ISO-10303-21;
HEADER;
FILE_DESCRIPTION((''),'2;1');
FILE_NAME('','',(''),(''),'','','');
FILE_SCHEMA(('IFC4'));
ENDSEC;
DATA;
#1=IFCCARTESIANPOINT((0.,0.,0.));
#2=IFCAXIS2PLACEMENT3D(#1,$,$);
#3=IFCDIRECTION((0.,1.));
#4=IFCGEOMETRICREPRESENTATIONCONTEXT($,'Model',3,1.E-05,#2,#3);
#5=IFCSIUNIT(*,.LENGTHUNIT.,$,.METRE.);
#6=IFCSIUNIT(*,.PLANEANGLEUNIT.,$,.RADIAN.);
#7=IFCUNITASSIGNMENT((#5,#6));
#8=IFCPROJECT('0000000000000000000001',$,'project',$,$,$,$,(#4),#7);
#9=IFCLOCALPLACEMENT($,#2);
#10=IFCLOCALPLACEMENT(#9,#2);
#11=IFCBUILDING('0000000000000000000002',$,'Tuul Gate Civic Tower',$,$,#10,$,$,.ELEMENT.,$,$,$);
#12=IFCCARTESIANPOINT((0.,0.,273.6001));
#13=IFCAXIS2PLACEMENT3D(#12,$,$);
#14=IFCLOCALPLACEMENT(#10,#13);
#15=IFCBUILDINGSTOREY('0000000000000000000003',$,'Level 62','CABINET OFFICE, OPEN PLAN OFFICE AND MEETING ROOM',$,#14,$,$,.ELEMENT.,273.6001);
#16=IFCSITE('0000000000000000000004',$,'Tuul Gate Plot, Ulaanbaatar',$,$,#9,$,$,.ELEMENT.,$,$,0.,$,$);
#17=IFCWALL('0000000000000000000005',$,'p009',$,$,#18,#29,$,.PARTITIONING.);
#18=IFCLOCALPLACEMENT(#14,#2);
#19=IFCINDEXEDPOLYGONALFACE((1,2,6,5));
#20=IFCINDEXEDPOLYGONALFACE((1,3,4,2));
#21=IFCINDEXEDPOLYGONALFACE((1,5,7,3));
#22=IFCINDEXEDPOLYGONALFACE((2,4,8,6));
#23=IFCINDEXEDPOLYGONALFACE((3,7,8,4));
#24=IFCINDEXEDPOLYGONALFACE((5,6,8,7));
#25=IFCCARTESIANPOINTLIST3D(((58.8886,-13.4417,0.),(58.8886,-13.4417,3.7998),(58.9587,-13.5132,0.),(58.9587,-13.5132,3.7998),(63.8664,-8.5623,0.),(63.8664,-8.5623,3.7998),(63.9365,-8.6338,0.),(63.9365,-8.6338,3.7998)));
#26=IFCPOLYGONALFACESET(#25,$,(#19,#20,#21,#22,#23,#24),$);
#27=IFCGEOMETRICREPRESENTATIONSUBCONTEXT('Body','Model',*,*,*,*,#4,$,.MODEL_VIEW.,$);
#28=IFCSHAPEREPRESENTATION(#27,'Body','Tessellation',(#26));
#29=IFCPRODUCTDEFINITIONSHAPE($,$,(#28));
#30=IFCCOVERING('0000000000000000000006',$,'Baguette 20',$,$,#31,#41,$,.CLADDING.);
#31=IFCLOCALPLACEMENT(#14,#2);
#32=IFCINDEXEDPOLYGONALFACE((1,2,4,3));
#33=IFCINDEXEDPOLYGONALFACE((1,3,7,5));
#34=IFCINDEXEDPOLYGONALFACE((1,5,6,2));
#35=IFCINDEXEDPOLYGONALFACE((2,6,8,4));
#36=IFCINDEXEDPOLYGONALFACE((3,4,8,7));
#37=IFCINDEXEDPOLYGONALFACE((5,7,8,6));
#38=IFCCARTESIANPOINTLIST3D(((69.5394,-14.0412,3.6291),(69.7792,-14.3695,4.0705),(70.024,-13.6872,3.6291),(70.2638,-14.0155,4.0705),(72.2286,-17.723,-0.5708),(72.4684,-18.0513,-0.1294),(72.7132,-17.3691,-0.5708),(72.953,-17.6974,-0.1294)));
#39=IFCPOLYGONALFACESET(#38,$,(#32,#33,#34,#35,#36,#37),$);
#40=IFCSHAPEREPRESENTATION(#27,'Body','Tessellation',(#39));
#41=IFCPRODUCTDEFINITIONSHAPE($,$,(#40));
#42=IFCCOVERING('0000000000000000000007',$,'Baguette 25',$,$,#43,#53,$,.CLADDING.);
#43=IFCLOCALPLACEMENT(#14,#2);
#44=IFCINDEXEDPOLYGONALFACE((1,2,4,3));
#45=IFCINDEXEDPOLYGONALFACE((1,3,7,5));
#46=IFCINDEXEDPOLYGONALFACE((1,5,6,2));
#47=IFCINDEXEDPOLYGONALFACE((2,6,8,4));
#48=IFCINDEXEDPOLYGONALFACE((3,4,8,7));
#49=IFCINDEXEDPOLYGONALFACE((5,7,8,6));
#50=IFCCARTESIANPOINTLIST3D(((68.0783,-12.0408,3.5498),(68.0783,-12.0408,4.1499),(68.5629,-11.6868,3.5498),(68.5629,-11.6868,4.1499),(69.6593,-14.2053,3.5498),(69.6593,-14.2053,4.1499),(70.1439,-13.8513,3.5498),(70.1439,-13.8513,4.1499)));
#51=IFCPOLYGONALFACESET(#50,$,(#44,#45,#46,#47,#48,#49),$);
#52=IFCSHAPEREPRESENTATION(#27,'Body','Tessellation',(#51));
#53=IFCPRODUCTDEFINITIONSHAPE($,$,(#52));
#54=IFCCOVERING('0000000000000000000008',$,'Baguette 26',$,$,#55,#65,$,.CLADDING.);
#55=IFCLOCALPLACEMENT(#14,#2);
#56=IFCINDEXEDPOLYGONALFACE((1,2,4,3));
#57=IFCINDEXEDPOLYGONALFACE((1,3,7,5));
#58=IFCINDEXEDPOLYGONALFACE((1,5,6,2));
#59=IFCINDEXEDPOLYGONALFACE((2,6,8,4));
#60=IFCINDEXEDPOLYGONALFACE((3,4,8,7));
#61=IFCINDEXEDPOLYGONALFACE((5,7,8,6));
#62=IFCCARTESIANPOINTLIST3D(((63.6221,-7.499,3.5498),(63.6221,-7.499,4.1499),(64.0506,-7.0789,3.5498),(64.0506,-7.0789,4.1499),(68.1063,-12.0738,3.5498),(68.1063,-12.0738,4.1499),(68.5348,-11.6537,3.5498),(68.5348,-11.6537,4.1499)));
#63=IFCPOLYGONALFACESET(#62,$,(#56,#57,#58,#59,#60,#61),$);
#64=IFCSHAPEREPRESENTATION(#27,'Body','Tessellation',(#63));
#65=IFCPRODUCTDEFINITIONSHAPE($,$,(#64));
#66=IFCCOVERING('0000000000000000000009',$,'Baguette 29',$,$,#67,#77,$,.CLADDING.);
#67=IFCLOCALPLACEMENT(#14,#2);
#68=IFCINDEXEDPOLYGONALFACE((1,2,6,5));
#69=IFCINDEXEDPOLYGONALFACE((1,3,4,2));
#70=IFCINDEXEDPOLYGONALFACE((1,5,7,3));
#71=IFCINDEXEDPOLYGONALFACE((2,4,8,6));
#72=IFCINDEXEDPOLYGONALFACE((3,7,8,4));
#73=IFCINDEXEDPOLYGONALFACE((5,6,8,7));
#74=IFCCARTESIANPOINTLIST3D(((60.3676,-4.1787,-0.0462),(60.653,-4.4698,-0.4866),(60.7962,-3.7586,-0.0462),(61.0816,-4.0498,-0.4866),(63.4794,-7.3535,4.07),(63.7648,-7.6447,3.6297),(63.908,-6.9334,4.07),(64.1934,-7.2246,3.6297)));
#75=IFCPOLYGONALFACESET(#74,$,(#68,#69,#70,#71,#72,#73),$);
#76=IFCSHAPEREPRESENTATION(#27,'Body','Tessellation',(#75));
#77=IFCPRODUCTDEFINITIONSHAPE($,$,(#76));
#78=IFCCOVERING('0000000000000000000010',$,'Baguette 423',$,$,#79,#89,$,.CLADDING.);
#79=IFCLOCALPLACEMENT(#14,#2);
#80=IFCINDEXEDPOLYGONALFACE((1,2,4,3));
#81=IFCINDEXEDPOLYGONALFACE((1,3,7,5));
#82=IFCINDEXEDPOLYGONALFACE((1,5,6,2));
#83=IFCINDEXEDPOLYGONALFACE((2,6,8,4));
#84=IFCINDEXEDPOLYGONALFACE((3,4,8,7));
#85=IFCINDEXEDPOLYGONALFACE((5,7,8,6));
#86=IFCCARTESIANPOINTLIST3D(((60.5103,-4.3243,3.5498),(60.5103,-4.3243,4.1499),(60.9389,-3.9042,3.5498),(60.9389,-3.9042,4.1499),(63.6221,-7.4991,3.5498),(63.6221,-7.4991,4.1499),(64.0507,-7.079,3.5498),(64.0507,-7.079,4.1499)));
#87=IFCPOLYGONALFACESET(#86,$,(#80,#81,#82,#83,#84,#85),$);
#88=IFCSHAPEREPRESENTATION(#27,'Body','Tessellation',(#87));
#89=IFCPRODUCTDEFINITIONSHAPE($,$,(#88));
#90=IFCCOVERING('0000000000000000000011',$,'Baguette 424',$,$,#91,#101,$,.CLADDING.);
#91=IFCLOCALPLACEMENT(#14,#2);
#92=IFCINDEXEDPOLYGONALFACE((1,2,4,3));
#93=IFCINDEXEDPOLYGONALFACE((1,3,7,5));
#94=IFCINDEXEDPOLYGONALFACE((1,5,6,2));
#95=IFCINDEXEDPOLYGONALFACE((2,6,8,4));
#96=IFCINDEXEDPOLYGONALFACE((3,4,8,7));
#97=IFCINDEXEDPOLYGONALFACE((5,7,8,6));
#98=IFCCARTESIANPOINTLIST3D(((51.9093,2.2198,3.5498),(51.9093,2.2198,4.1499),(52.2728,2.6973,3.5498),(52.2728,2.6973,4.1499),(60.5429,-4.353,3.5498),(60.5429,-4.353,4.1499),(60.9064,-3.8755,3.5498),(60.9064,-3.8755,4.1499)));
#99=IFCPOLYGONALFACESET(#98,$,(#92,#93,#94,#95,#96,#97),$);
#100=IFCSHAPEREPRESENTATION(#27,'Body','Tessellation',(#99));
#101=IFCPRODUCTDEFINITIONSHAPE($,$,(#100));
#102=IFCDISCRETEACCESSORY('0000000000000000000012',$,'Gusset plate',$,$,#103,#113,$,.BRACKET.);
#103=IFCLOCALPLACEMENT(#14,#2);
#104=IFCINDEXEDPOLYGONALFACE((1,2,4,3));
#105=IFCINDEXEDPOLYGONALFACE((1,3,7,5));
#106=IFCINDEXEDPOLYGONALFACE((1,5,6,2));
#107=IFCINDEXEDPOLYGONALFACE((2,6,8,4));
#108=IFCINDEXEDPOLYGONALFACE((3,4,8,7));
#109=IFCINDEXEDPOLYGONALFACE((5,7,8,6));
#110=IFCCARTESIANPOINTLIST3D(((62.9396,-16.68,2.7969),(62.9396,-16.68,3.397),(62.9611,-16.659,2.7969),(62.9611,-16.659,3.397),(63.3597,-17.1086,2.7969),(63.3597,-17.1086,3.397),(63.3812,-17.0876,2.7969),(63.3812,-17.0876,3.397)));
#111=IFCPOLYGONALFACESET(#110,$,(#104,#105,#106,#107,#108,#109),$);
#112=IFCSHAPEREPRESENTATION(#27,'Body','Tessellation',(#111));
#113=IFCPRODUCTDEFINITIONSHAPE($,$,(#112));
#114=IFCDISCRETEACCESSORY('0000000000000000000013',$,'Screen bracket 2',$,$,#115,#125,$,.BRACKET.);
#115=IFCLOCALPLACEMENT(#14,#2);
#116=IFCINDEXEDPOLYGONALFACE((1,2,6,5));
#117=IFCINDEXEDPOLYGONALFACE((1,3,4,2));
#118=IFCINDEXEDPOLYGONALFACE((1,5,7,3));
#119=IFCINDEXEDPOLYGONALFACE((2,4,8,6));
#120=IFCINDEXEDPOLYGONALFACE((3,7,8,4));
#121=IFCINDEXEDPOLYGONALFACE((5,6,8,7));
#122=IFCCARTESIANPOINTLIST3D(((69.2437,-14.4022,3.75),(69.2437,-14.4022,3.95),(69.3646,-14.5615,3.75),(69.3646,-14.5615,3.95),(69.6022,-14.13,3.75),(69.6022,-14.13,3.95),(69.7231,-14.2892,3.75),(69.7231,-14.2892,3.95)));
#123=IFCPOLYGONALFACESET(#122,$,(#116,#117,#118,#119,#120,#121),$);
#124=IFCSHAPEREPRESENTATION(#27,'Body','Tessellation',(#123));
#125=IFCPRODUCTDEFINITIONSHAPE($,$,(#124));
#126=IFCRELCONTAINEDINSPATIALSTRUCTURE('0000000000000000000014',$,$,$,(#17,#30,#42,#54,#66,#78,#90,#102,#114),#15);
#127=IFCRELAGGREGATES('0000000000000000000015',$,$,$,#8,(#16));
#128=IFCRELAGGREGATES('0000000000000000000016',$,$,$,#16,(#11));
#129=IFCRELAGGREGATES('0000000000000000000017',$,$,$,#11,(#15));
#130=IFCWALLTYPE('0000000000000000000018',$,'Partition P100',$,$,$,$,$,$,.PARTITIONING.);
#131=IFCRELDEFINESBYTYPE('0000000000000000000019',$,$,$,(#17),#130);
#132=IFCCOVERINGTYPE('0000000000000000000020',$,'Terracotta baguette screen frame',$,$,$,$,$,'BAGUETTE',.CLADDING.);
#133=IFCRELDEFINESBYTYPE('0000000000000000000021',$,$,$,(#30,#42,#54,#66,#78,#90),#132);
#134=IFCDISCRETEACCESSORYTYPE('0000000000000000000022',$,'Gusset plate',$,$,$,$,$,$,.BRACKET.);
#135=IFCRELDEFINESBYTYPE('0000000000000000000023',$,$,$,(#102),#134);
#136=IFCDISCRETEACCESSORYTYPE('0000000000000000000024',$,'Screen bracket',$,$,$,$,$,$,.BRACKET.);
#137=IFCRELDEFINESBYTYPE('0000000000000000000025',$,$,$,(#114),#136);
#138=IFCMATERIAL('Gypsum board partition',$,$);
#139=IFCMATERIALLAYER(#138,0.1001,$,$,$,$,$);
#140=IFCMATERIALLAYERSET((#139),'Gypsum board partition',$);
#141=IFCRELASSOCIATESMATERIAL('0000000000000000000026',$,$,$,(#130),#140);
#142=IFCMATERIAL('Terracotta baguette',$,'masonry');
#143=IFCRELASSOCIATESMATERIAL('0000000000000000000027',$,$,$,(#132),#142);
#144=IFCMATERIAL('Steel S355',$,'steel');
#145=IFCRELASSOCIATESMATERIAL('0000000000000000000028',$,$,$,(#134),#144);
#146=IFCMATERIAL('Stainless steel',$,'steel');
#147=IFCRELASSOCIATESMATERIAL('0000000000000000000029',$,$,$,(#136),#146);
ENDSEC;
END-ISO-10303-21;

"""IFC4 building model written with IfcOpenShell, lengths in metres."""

from ifc_helpers import new_model, si_unit, direction, frame, frame_2d, origin, origin_2d, place, context, subcontext, project, spatial, rectangle, extrude, material, layer, layer_set, material_profile, profile_set, type_object, element, save


model = new_model("IFC4")

# Units and contexts
model_context = context("Model", 3, precision=1e-05, world=origin(), true_north=direction((0.0, 1.0)))
body_context = subcontext(model_context, "Body", "Model", "MODEL_VIEW")
ifc_project = project(units=[si_unit("LENGTHUNIT", "METRE"), si_unit("PLANEANGLEUNIT", "RADIAN")], contexts=[model_context])

# Site, building, storey
site_placement = place(None, origin())
site = spatial("IfcSite", under=ifc_project, at=site_placement, Name="Tuul Gate Plot, Ulaanbaatar", CompositionType="ELEMENT", RefElevation=0.0)
building_placement = place(site_placement, origin())
building = spatial("IfcBuilding", under=site, at=building_placement, Name="Tuul Gate Civic Tower", CompositionType="ELEMENT")
storey_placement = place(building_placement, frame((0.0, 0.0, 273.6001)))
storey = spatial("IfcBuildingStorey", under=building, at=storey_placement, Name="Level 62", Description="CABINET OFFICE, OPEN PLAN OFFICE AND MEETING ROOM", CompositionType="ELEMENT", Elevation=273.6001)

# Wall
ifc_material_1 = material(Name="Gypsum board partition")
ifc_layer_1 = layer(ifc_material_1, 0.1001)
ifc_layer_set_1 = layer_set([ifc_layer_1], Name="Gypsum board partition")
wall_type_1 = type_object("IfcWallType", Name="Partition P100", PredefinedType="PARTITIONING", material=ifc_layer_set_1)
wall_1_placement = place(storey_placement, frame((58.9236, -13.4775, 0.0), z_axis=(0.0, 0.0, 1.0), x_axis=(0.714129, 0.700014, 0.0)))
element("IfcWall", 1, at=wall_1_placement, inside=storey, type_object=wall_type_1, Name="p009", PredefinedType="PARTITIONING", context=body_context, shape_type="SweptSolid", body=[
    extrude(rectangle(XDim=6.9705, YDim=0.1001, at=frame_2d((3.4854, 0.0))), origin(), (0.0, 0.0, 1.0), 3.7998),
])

# Coverings
ifc_material_2 = material(Name="Terracotta baguette", Category="masonry")
ifc_material_profile_1 = material_profile(ifc_material_2, rectangle(XDim=0.6001, YDim=0.6001, at=origin_2d()), Name="Terracotta baguette screen frame")
ifc_profile_set_1 = profile_set([ifc_material_profile_1], Name="Terracotta baguette")
covering_type = type_object("IfcCoveringType", Name="Terracotta baguette screen frame", ElementType="BAGUETTE", PredefinedType="CLADDING", material=ifc_profile_set_1)
covering_1_placement = place(storey_placement, frame((72.5908, -17.7102, -0.3501), z_axis=(-0.433813, 0.593947, 0.67752), x_axis=(-0.807537, -0.589817, 0.0)))
element("IfcCovering", 2, at=covering_1_placement, inside=storey, type_object=covering_type, Name="Baguette 20", PredefinedType="CLADDING", context=body_context, shape_type="SweptSolid", body=[
    extrude(rectangle(XDim=0.6001, YDim=0.6001, at=origin_2d()), origin(), (0.0, 0.0, 1.0), 6.199),
])
covering_2_placement = place(storey_placement, frame((69.9016, -14.0283, 3.8499), z_axis=(-0.589838, 0.807521, 0.0), x_axis=(-0.807521, -0.589838, 0.0)))
element("IfcCovering", 3, at=covering_2_placement, inside=storey, type_object=covering_type, Name="Baguette 25", PredefinedType="CLADDING", context=body_context, shape_type="SweptSolid", body=[
    extrude(rectangle(XDim=0.6001, YDim=0.6001, at=origin_2d()), origin(), (0.0, 0.0, 1.0), 2.6804),
])
covering_3_placement = place(storey_placement, frame((68.3206, -11.8638, 3.8499), z_axis=(-0.700002, 0.714141, 0.0), x_axis=(-0.714141, -0.700002, 0.0)))
element("IfcCovering", 4, at=covering_3_placement, inside=storey, type_object=covering_type, Name="Baguette 26", PredefinedType="CLADDING", context=body_context, shape_type="SweptSolid", body=[
    extrude(rectangle(XDim=0.6001, YDim=0.6001, at=origin_2d()), origin(), (0.0, 0.0, 1.0), 6.406),
])
covering_4_placement = place(storey_placement, frame((63.8364, -7.2891, 3.8499), z_axis=(-0.513624, 0.524021, -0.679406), x_axis=(-0.714156, -0.699987, 0.0)))
element("IfcCovering", 5, at=covering_4_placement, inside=storey, type_object=covering_type, Name="Baguette 29", PredefinedType="CLADDING", context=body_context, shape_type="SweptSolid", body=[
    extrude(rectangle(XDim=0.6001, YDim=0.6001, at=origin_2d()), origin(), (0.0, 0.0, 1.0), 6.0586),
])
covering_5_placement = place(storey_placement, frame((63.8364, -7.2891, 3.8499), z_axis=(-0.699987, 0.714156, 0.0), x_axis=(-0.714156, -0.699987, 0.0)))
element("IfcCovering", 6, at=covering_5_placement, inside=storey, type_object=covering_type, Name="Baguette 423", PredefinedType="CLADDING", context=body_context, shape_type="SweptSolid", body=[
    extrude(rectangle(XDim=0.6001, YDim=0.6001, at=origin_2d()), origin(), (0.0, 0.0, 1.0), 4.4456),
])
covering_6_placement = place(storey_placement, frame((60.7246, -4.1143, 3.8499), z_axis=(-0.795662, 0.605741, 0.0), x_axis=(-0.605741, -0.795662, 0.0)))
element("IfcCovering", 7, at=covering_6_placement, inside=storey, type_object=covering_type, Name="Baguette 424", PredefinedType="CLADDING", context=body_context, shape_type="SweptSolid", body=[
    extrude(rectangle(XDim=0.6001, YDim=0.6001, at=origin_2d()), origin(), (0.0, 0.0, 1.0), 10.8508),
])

# Discrete accessories
ifc_material_3 = material(Name="Steel S355", Category="steel")
discrete_accessory_type_1 = type_object("IfcDiscreteAccessoryType", Name="Gusset plate", PredefinedType="BRACKET", material=ifc_material_3)
discrete_accessory_1_placement = place(storey_placement, frame((63.1604, -16.8838, 2.7969), z_axis=(0.0, 0.0, 1.0), x_axis=(-0.7, 0.714143, 0.0)))
element("IfcDiscreteAccessory", 8, at=discrete_accessory_1_placement, inside=storey, type_object=discrete_accessory_type_1, Name="Gusset plate", PredefinedType="BRACKET", context=body_context, shape_type="SweptSolid", body=[
    extrude(rectangle(XDim=0.6001, YDim=0.03, at=origin_2d()), origin(), (0.0, 0.0, 1.0), 0.6001),
])
ifc_material_4 = material(Name="Stainless steel", Category="steel")
discrete_accessory_type_2 = type_object("IfcDiscreteAccessoryType", Name="Screen bracket", PredefinedType="BRACKET", material=ifc_material_4)
discrete_accessory_2_placement = place(storey_placement, frame((69.4834, -14.3457, 3.75), z_axis=(0.0, 0.0, 1.0), x_axis=(0.796423, 0.60474, 0.0)))
element("IfcDiscreteAccessory", 9, at=discrete_accessory_2_placement, inside=storey, type_object=discrete_accessory_type_2, Name="Screen bracket 2", PredefinedType="BRACKET", context=body_context, shape_type="SweptSolid", body=[
    extrude(rectangle(XDim=0.4502, YDim=0.2, at=origin_2d()), origin(), (0.0, 0.0, 1.0), 0.2),
])

save(model, "model.ifc")
